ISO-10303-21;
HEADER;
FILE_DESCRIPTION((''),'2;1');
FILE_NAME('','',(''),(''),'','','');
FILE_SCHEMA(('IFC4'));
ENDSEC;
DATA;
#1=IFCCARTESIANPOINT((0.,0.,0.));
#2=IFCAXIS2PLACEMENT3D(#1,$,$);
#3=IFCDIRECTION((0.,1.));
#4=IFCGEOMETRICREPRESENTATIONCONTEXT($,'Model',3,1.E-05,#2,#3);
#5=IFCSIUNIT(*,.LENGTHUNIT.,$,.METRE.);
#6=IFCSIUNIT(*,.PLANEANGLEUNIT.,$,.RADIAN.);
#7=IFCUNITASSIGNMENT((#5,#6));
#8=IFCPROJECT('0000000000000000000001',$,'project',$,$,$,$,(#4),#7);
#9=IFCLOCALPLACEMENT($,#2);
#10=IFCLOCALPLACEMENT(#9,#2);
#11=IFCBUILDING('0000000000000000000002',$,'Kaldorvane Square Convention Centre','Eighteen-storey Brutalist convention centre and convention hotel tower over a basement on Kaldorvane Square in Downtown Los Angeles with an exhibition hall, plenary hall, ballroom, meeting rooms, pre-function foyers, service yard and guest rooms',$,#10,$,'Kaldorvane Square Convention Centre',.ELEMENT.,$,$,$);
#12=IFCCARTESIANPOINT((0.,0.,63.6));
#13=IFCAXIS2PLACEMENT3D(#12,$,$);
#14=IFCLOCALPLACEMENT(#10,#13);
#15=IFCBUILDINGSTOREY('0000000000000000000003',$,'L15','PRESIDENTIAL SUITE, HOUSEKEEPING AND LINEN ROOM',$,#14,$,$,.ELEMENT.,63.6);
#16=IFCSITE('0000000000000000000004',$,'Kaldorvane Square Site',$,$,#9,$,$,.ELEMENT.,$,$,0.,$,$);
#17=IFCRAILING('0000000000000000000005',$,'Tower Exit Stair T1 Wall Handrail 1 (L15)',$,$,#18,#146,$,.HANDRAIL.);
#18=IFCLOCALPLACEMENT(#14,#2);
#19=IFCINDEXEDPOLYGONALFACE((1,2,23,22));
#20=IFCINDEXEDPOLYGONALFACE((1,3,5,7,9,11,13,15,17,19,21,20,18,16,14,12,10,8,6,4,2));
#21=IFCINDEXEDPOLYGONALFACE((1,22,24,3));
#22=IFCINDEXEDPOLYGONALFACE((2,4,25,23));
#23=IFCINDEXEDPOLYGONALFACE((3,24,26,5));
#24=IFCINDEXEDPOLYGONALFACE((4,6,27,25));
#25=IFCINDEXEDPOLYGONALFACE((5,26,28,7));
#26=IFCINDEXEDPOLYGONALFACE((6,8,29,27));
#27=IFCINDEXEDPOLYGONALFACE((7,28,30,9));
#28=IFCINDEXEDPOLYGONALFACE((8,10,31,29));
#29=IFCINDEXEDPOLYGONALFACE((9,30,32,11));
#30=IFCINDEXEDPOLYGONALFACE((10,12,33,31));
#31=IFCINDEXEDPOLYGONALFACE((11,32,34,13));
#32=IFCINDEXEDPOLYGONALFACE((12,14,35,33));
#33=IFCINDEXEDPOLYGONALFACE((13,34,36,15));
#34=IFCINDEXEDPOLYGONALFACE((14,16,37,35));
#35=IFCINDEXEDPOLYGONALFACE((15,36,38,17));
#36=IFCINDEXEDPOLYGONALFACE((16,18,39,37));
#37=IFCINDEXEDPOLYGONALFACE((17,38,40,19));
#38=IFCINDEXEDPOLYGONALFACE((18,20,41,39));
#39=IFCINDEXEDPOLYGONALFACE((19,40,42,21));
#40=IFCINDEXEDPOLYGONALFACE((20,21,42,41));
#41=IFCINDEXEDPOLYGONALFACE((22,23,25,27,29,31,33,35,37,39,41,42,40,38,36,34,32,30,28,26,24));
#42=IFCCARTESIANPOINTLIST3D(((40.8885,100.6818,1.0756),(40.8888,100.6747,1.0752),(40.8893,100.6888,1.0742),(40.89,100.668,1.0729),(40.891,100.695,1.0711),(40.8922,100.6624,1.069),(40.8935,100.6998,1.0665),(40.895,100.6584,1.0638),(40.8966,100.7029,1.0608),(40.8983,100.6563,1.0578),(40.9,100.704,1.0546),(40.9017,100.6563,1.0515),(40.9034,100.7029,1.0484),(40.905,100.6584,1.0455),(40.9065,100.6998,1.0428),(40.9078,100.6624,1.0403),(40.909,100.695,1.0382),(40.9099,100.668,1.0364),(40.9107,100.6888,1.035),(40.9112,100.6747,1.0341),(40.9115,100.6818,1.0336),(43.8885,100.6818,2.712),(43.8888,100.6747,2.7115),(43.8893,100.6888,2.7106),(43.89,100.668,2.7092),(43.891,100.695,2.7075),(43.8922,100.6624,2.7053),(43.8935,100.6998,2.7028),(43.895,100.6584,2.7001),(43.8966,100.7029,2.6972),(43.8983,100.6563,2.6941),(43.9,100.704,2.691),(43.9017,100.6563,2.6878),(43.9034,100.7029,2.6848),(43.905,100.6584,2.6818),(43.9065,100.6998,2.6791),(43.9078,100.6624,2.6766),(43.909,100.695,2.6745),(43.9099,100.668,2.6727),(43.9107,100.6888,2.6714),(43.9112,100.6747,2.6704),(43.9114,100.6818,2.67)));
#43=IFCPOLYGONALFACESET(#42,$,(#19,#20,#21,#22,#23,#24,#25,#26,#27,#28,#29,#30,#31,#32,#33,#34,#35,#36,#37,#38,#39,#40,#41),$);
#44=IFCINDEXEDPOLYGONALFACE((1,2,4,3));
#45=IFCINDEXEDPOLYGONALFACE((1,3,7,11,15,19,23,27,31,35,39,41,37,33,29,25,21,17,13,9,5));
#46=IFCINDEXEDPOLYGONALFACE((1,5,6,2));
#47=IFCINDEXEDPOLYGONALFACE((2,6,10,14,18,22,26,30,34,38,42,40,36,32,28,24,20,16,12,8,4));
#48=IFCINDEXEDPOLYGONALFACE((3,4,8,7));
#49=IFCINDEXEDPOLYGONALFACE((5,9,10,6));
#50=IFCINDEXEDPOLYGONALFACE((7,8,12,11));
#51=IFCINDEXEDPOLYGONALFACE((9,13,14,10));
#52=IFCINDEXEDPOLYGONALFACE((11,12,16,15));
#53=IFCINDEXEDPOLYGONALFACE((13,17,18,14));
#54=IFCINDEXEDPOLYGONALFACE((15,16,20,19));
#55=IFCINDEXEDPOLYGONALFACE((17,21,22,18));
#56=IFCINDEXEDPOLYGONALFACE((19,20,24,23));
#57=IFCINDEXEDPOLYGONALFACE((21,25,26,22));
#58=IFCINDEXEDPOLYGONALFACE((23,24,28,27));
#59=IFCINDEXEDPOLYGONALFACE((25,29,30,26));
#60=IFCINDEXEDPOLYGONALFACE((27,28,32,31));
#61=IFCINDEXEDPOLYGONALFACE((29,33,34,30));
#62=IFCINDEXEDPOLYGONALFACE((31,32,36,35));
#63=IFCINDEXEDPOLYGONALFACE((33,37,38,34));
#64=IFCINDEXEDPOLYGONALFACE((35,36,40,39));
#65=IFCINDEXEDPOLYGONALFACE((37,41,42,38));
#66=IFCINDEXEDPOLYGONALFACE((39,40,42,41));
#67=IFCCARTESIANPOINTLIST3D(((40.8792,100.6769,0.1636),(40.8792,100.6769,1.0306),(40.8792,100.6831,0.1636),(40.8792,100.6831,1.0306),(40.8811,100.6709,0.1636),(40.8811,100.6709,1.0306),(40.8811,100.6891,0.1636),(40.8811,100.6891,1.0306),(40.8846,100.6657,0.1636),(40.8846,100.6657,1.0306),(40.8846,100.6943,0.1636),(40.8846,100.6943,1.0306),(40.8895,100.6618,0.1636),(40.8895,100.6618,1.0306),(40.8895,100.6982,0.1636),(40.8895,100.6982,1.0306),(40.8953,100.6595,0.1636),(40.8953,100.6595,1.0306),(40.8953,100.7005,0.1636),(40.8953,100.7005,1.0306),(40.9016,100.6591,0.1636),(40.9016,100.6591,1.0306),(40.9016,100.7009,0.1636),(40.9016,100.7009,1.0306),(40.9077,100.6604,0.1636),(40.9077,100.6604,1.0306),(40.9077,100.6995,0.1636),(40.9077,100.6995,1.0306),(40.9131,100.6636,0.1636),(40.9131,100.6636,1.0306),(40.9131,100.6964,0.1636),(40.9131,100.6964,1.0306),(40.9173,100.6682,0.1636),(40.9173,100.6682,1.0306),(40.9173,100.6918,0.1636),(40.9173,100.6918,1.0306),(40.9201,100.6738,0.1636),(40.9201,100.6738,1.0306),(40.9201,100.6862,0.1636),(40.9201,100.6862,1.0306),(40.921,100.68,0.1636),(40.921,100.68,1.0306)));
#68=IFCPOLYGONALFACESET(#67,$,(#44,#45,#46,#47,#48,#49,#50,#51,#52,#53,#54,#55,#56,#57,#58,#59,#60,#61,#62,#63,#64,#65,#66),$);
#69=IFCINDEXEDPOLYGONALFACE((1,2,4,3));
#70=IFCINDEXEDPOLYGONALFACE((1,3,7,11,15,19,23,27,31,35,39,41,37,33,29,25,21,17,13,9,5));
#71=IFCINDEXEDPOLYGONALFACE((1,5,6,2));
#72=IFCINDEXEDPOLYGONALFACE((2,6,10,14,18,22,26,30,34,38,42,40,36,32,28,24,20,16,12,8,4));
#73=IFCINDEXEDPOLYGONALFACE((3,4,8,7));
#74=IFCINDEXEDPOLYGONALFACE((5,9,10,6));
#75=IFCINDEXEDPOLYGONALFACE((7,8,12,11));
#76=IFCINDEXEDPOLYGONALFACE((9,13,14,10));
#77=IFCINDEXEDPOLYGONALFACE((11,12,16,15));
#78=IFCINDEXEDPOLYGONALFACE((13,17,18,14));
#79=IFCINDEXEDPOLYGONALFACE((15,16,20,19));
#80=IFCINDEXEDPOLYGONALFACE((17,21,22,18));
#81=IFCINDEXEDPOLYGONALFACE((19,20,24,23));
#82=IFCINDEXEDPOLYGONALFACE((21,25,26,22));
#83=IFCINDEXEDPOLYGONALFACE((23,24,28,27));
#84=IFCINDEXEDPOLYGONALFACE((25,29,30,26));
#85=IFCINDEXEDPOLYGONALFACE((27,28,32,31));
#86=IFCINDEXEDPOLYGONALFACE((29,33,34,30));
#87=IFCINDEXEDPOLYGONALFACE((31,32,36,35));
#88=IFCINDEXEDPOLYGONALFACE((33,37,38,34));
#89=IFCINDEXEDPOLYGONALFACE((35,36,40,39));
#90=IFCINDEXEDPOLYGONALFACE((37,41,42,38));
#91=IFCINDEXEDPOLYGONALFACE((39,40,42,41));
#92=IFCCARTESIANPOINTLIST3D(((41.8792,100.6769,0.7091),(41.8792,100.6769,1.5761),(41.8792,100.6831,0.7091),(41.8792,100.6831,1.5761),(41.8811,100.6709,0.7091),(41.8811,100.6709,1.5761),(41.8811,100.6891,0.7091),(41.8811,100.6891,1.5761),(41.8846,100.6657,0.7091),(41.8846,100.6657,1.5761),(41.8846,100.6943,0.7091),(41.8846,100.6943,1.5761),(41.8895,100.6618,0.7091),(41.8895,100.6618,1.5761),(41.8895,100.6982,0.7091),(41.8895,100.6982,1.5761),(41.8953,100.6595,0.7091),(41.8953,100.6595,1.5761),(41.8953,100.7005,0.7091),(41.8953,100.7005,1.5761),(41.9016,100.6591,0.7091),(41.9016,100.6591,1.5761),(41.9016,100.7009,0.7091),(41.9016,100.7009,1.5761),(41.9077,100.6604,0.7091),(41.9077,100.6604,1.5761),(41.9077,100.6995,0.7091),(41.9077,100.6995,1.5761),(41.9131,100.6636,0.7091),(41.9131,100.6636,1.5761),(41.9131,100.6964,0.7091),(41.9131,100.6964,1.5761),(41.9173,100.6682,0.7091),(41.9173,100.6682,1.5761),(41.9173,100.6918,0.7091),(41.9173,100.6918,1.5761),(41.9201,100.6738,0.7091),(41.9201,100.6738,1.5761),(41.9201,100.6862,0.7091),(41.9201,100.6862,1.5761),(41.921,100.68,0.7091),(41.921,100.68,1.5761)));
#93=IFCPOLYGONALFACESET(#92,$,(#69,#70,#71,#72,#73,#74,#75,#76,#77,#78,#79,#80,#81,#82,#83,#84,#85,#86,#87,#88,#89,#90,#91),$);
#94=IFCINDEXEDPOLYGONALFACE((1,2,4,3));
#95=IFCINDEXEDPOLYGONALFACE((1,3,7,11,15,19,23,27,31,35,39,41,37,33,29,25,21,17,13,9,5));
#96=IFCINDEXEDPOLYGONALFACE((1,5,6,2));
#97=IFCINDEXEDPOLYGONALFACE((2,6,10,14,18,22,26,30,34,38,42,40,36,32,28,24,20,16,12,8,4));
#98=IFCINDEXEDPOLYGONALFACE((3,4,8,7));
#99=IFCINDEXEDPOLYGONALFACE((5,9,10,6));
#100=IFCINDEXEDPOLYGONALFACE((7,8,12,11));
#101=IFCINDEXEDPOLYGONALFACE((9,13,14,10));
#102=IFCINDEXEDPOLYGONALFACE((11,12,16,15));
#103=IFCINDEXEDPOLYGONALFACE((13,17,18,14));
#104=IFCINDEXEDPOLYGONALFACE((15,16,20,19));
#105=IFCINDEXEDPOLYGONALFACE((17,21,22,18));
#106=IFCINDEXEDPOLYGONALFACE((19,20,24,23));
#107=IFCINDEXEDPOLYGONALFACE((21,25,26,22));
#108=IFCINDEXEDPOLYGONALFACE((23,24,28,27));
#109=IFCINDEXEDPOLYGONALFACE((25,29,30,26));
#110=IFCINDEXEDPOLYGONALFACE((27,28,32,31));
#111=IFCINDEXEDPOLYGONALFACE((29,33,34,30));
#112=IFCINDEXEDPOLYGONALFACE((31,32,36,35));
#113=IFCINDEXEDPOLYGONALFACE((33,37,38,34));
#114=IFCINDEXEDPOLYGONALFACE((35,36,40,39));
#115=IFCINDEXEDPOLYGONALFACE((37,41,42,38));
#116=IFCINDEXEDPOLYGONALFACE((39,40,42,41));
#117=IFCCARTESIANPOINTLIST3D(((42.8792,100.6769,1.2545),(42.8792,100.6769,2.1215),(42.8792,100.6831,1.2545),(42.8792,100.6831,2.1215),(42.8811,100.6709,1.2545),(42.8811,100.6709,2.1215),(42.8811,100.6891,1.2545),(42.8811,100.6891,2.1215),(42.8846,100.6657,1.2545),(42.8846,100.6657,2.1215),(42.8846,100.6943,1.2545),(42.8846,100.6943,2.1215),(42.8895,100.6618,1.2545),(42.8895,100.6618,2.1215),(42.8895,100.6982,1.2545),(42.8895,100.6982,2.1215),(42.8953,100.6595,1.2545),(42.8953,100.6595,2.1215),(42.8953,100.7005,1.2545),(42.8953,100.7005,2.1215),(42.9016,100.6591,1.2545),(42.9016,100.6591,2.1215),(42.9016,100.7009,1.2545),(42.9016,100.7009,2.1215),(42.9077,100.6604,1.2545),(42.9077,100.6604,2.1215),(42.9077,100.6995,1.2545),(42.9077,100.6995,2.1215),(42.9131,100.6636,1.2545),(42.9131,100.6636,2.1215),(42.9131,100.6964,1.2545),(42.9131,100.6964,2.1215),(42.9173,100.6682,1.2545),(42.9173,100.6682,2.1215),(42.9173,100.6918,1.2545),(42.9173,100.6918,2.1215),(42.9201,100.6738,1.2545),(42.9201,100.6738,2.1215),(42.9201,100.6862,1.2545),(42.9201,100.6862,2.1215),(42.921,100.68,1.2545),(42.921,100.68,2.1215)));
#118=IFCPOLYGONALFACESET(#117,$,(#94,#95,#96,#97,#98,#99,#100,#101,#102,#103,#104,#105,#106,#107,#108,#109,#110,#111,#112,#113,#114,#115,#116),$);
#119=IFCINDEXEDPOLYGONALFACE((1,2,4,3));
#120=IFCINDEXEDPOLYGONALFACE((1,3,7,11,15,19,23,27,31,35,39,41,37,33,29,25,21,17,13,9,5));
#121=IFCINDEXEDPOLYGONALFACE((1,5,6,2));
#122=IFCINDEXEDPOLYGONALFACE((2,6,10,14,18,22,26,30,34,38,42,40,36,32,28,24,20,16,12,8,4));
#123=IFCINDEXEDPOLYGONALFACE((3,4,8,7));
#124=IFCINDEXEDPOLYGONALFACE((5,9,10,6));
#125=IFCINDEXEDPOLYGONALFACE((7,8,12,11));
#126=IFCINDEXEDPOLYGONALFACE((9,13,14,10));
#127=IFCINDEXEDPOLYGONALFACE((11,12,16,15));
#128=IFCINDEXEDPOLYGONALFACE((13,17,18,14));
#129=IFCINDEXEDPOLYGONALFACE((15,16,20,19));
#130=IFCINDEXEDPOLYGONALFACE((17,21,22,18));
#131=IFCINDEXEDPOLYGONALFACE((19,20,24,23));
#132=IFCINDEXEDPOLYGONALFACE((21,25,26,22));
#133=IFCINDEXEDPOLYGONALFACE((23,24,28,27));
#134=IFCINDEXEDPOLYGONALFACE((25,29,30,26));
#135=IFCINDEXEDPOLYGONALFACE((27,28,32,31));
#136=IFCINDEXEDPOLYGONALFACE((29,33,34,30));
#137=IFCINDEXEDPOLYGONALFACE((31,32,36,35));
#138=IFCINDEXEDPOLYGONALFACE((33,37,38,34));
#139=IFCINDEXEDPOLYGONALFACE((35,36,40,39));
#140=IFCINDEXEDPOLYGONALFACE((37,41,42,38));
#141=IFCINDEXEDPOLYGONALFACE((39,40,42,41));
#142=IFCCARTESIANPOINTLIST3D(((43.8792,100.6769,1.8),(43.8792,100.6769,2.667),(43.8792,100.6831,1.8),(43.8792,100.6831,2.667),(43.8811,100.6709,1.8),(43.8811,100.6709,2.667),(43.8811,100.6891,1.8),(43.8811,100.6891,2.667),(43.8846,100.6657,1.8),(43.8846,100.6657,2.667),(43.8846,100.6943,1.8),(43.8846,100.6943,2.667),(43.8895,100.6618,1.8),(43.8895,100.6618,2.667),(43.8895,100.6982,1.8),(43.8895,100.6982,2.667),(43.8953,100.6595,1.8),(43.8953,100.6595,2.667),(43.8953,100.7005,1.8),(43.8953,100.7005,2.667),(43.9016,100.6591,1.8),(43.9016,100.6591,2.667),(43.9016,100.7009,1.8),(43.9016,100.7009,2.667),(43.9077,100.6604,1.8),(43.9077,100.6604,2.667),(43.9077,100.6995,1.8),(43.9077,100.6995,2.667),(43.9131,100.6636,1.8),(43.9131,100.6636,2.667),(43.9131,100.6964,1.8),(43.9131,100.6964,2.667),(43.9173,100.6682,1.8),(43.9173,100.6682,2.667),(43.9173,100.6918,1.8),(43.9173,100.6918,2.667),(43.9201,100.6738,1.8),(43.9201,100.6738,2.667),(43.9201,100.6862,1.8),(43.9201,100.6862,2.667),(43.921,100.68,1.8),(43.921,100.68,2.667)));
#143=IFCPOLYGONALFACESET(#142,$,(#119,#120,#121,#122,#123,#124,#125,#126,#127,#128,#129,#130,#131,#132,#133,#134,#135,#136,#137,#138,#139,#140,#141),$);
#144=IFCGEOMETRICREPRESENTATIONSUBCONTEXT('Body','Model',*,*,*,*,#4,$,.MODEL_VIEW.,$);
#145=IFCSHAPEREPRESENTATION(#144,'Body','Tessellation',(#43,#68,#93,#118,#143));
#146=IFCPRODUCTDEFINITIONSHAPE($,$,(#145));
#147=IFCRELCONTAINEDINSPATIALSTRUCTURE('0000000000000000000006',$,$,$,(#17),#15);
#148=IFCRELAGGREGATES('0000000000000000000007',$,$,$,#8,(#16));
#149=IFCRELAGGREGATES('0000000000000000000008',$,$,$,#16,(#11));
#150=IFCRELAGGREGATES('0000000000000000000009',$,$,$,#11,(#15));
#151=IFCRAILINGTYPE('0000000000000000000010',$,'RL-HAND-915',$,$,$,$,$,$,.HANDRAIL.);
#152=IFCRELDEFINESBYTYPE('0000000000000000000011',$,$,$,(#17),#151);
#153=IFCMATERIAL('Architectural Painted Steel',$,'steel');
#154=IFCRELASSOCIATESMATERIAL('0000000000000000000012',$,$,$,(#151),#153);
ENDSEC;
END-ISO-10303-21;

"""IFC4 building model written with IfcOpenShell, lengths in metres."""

from ifc_helpers import new_model, si_unit, direction, frame, origin, origin_2d, place, context, subcontext, project, spatial, circle, extrude, material, type_object, element, save


model = new_model("IFC4")

# Units and contexts
model_context = context("Model", 3, precision=1e-05, world=origin(), true_north=direction((0.0, 1.0)))
body_context = subcontext(model_context, "Body", "Model", "MODEL_VIEW")
ifc_project = project(units=[si_unit("LENGTHUNIT", "METRE"), si_unit("PLANEANGLEUNIT", "RADIAN")], contexts=[model_context])

# Site, building, storey
site_placement = place(None, origin())
site = spatial("IfcSite", under=ifc_project, at=site_placement, Name="Kaldorvane Square Site", CompositionType="ELEMENT", RefElevation=0.0)
building_placement = place(site_placement, origin())
building = spatial("IfcBuilding", under=site, at=building_placement, Name="Kaldorvane Square Convention Centre", Description="Eighteen-storey Brutalist convention centre and convention hotel tower over a basement on Kaldorvane Square in Downtown Los Angeles with an exhibition hall, plenary hall, ballroom, meeting rooms, pre-function foyers, service yard and guest rooms", LongName="Kaldorvane Square Convention Centre", CompositionType="ELEMENT")
storey_placement = place(building_placement, frame((0.0, 0.0, 63.6)))
storey = spatial("IfcBuildingStorey", under=building, at=storey_placement, Name="L15", Description="PRESIDENTIAL SUITE, HOUSEKEEPING AND LINEN ROOM", CompositionType="ELEMENT", Elevation=63.6)

# Railing
ifc_material_1 = material(Name="Architectural Painted Steel", Category="steel")
railing_type_1 = type_object("IfcRailingType", Name="RL-HAND-915", PredefinedType="HANDRAIL", material=ifc_material_1)
for number, where, name in (
    (1, (40.9, 100.68, 0.1636), "Tower Exit Stair T1 Wall Handrail 1 (L15)"),
):
    element("IfcRailing", number, at=place(storey_placement, frame(where)), inside=storey, type_object=railing_type_1, Name=name, PredefinedType="HANDRAIL", context=body_context, shape_type="SweptSolid", body=[
        extrude(circle(Radius=0.024, at=origin_2d()), frame((0.0, 0.0, 0.891), z_axis=(0.877897, 0.0, 0.47885), x_axis=(0.0, 1.0, 0.0)), (0.0, 0.0, 1.0), 3.4173),
        extrude(circle(Radius=0.021, at=origin_2d()), origin(), (0.0, 0.0, 1.0), 0.867),
        extrude(circle(Radius=0.021, at=origin_2d()), frame((1.0, 0.0, 0.5455)), (0.0, 0.0, 1.0), 0.867),
        extrude(circle(Radius=0.021, at=origin_2d()), frame((2.0, 0.0, 1.0909)), (0.0, 0.0, 1.0), 0.867),
        extrude(circle(Radius=0.021, at=origin_2d()), frame((3.0, 0.0, 1.6364)), (0.0, 0.0, 1.0), 0.867),
    ])

save(model, "model.ifc")
